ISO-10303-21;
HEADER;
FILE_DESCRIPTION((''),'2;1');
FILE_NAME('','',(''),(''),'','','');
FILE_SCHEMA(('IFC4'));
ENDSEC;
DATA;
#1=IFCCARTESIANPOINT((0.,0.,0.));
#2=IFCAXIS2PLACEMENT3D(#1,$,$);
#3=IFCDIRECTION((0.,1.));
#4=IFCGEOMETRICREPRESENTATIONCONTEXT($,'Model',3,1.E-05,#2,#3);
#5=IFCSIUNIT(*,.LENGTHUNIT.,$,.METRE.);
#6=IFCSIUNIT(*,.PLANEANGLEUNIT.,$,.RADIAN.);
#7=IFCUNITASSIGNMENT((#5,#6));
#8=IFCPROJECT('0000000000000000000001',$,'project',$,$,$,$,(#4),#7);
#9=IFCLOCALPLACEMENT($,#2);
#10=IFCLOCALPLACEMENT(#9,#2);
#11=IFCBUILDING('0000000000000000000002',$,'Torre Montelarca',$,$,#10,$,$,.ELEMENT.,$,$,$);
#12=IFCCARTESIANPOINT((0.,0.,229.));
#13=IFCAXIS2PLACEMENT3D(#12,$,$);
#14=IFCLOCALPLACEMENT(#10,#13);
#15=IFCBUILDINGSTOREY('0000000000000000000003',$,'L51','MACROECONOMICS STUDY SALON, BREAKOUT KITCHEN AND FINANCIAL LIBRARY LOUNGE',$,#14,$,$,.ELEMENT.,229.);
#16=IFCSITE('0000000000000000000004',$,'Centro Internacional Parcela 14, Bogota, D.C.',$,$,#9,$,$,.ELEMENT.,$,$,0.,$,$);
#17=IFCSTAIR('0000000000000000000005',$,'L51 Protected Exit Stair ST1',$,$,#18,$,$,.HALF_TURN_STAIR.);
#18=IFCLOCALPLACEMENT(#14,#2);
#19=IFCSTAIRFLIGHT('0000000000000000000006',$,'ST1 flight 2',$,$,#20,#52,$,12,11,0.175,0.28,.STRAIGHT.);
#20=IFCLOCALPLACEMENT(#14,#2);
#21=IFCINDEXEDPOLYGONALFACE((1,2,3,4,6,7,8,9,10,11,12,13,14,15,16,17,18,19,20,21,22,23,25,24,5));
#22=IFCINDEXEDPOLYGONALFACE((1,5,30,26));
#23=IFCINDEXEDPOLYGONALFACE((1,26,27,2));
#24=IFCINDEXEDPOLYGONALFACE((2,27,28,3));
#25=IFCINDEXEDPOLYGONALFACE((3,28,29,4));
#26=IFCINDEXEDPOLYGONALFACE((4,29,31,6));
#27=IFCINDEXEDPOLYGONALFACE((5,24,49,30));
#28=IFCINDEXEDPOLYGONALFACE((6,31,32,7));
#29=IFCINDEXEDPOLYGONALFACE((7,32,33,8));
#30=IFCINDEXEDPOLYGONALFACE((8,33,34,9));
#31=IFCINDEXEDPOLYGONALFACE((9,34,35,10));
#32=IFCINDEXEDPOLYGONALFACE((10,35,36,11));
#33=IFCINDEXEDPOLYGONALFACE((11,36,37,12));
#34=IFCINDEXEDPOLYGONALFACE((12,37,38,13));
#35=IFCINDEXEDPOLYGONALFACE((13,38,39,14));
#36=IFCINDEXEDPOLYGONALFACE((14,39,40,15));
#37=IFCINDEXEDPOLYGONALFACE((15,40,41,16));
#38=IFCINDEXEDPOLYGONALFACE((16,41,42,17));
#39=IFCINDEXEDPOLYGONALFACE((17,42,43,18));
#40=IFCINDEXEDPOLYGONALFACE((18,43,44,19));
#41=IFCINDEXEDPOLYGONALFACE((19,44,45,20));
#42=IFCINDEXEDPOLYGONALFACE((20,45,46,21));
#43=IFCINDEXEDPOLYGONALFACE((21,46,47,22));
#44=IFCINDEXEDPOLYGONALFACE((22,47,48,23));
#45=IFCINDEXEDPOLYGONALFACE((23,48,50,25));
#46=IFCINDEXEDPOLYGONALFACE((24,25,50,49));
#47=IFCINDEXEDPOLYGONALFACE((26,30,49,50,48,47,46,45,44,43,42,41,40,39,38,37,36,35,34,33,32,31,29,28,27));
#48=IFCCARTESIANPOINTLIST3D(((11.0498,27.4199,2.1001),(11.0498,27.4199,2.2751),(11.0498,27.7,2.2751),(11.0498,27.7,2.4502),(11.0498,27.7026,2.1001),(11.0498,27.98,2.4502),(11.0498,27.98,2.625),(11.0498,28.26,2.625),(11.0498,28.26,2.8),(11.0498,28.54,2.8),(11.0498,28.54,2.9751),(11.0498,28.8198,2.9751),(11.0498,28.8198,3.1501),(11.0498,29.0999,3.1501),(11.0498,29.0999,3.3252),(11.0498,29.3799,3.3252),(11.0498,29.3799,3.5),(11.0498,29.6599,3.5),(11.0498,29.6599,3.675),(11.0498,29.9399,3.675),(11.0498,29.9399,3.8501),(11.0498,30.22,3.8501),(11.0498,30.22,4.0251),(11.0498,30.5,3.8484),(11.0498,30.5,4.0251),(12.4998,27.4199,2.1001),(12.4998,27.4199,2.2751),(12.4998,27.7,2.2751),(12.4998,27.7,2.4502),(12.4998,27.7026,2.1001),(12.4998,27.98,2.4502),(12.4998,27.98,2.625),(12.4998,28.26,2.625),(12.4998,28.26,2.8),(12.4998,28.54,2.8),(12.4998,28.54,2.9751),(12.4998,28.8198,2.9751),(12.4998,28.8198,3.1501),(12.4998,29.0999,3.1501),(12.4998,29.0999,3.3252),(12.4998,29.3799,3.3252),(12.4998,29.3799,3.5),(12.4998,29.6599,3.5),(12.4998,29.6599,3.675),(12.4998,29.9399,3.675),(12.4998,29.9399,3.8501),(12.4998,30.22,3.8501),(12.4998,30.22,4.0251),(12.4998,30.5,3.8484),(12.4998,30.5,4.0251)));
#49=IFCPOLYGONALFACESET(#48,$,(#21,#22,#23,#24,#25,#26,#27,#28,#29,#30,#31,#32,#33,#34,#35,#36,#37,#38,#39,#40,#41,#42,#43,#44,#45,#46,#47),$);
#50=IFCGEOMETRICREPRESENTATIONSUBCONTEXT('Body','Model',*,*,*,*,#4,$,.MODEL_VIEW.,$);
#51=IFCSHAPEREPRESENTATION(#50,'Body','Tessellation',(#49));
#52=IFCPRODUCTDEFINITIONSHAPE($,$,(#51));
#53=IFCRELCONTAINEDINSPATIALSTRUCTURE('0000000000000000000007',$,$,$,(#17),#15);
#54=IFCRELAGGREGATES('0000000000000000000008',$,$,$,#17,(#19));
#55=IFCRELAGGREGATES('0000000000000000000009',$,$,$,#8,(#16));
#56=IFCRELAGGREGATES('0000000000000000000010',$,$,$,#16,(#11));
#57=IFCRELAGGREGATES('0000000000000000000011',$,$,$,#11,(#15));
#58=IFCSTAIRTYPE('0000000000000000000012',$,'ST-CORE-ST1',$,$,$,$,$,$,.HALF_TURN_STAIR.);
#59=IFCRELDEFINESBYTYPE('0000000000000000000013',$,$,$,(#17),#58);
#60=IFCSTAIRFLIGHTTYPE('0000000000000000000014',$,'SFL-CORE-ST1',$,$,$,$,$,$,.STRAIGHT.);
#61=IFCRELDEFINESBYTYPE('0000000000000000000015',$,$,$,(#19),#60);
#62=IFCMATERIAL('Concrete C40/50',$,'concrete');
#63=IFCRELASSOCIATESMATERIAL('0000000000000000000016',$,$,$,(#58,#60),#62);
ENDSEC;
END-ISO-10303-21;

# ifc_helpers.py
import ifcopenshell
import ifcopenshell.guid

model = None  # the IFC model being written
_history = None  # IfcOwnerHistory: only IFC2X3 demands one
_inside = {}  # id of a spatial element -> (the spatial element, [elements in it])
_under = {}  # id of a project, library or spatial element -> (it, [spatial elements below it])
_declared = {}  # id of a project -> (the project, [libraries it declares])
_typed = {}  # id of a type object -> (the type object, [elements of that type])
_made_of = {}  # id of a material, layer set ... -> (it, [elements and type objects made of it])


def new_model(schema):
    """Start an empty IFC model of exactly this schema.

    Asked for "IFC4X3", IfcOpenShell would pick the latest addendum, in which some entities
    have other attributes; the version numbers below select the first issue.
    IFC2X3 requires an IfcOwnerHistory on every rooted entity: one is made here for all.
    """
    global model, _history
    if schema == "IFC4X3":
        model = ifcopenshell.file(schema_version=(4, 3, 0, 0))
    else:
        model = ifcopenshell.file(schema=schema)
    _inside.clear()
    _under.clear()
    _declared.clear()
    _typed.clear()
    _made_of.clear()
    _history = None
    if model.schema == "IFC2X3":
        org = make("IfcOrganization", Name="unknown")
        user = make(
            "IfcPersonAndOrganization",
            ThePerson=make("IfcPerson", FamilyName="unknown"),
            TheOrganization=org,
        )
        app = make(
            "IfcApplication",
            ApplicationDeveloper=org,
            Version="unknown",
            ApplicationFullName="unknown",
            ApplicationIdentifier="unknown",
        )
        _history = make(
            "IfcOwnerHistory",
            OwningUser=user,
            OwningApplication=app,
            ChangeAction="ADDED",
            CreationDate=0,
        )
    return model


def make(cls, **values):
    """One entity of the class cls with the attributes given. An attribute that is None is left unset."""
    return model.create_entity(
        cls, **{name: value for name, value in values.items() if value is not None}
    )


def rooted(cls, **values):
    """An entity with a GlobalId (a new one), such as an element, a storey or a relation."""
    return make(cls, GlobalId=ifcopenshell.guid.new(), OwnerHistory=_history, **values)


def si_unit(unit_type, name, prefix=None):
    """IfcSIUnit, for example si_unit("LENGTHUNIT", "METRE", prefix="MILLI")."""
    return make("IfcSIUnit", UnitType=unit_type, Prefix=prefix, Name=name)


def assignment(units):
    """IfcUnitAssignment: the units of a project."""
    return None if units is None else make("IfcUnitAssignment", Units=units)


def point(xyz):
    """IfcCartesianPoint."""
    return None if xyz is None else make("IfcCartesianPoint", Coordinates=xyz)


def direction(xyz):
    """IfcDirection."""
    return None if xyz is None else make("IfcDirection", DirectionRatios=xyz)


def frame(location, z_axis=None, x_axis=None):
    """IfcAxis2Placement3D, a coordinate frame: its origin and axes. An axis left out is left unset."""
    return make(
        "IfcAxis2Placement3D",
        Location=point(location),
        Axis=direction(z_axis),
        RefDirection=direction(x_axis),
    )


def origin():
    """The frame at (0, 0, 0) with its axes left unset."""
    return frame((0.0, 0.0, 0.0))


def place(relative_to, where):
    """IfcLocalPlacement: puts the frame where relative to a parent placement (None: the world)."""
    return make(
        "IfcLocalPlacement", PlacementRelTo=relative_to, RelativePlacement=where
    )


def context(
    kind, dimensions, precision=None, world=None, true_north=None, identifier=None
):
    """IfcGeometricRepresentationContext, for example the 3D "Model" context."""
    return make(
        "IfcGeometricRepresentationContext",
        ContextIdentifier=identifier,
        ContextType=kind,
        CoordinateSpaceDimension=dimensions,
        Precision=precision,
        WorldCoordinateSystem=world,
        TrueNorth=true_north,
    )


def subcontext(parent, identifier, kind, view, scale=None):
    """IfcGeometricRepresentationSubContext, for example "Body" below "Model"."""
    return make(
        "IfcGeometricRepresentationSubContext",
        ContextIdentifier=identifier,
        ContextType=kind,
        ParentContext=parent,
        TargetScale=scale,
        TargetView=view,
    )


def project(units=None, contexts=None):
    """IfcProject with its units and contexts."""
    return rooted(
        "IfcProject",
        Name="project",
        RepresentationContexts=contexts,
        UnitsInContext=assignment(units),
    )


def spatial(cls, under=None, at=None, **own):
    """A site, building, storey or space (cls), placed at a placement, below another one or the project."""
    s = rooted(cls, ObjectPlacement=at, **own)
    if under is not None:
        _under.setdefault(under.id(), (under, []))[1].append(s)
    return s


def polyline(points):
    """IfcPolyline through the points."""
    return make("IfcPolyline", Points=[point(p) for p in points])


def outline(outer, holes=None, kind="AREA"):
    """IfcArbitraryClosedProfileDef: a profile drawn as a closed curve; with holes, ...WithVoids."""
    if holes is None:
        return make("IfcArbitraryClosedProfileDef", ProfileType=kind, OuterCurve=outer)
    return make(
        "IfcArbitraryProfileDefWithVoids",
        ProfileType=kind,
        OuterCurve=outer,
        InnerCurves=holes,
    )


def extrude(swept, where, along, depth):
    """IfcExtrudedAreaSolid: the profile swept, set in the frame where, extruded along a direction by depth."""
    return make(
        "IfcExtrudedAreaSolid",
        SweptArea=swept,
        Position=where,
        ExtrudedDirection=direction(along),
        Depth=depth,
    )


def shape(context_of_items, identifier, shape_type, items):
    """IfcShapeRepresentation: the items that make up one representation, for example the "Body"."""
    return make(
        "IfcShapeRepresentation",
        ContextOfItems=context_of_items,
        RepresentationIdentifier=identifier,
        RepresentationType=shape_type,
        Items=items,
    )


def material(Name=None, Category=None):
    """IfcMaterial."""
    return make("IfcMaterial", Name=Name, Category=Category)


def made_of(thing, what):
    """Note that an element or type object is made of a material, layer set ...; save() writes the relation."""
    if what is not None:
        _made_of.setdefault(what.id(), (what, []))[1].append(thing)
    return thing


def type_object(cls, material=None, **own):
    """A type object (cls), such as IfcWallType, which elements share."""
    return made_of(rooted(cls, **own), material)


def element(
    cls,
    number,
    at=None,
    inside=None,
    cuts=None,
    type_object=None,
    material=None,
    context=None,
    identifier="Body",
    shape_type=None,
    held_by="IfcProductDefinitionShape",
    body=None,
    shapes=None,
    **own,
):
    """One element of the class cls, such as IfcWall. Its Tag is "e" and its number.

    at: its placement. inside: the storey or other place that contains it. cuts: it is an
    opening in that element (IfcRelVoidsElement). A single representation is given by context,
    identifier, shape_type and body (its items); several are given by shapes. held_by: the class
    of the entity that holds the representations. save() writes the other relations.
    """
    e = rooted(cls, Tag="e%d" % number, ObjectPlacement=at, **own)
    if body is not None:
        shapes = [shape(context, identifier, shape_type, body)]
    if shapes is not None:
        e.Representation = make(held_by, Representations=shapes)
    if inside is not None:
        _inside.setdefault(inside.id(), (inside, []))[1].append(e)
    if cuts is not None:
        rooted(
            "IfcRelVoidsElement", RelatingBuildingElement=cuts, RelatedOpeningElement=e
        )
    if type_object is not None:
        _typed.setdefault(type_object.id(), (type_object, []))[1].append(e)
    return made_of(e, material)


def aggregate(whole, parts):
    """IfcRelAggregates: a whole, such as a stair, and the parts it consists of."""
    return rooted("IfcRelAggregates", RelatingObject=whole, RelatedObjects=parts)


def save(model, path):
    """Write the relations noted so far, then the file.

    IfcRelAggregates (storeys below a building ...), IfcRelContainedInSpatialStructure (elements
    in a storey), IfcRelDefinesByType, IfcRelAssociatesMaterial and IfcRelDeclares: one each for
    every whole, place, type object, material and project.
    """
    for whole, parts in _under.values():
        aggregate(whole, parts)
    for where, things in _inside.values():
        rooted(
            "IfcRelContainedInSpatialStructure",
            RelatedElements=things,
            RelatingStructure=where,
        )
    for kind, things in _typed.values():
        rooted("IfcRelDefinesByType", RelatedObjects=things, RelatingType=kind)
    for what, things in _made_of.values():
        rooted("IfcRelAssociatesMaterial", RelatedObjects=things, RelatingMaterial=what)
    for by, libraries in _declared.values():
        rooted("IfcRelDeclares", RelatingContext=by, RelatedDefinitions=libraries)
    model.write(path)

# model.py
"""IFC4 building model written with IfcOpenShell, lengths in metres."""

from ifc_helpers import new_model, si_unit, direction, frame, origin, place, context, subcontext, project, spatial, polyline, outline, extrude, material, type_object, element, aggregate, save


model = new_model("IFC4")

# Units and contexts
model_context = context("Model", 3, precision=1e-05, world=origin(), true_north=direction((0.0, 1.0)))
body_context = subcontext(model_context, "Body", "Model", "MODEL_VIEW")
ifc_project = project(units=[si_unit("LENGTHUNIT", "METRE"), si_unit("PLANEANGLEUNIT", "RADIAN")], contexts=[model_context])

# Site, building, storey
site_placement = place(None, origin())
site = spatial("IfcSite", under=ifc_project, at=site_placement, Name="Centro Internacional Parcela 14, Bogota, D.C.", CompositionType="ELEMENT", RefElevation=0.0)
building_placement = place(site_placement, origin())
building = spatial("IfcBuilding", under=site, at=building_placement, Name="Torre Montelarca", CompositionType="ELEMENT")
storey_placement = place(building_placement, frame((0.0, 0.0, 229.0)))
storey = spatial("IfcBuildingStorey", under=building, at=storey_placement, Name="L51", Description="MACROECONOMICS STUDY SALON, BREAKOUT KITCHEN AND FINANCIAL LIBRARY LOUNGE", CompositionType="ELEMENT", Elevation=229.0)

# Shared definitions
ifc_material_1 = material(Name="Concrete C40/50", Category="concrete")

# Stair, stair flight
stair_type = type_object("IfcStairType", Name="ST-CORE-ST1", PredefinedType="HALF_TURN_STAIR", material=ifc_material_1)
stair_placement = place(storey_placement, origin())
stair = element("IfcStair", 1, at=stair_placement, inside=storey, type_object=stair_type, Name="L51 Protected Exit Stair ST1", PredefinedType="HALF_TURN_STAIR")
stair_flight_type = type_object("IfcStairFlightType", Name="SFL-CORE-ST1", PredefinedType="STRAIGHT", material=ifc_material_1)
stair_flight_1_placement = place(storey_placement, frame((11.7749, 27.4199, 2.1001), z_axis=(0.0, 0.0, 1.0), x_axis=(0.0, 1.0, 0.0)))
stair_flight_1 = element("IfcStairFlight", 2, at=stair_flight_1_placement, type_object=stair_flight_type, Name="ST1 flight 2", NumberOfRisers=12, NumberOfTreads=11, PredefinedType="STRAIGHT", RiserHeight=0.175, TreadLength=0.28, context=body_context, shape_type="SweptSolid", body=[
    extrude(outline(polyline([(0.0, 0.0), (0.0, 0.175), (0.28, 0.175), (0.28, 0.3501), (0.5601, 0.3501), (0.5601, 0.5249), (0.8401, 0.5249), (0.8401, 0.7), (1.1201, 0.7), (1.1201, 0.875), (1.3999, 0.875), (1.3999, 1.05), (1.6799, 1.05), (1.6799, 1.2251), (1.96, 1.2251), (1.96, 1.3999), (2.24, 1.3999), (2.24, 1.575), (2.52, 1.575), (2.52, 1.75), (2.8, 1.75), (2.8, 1.925), (3.0801, 1.925), (3.0801, 2.1001), (3.0801, 1.7483), (0.2827, 0.0), (0.0, 0.0)])), frame((0.0, 0.7251, 0.0), z_axis=(0.0, -1.0, 0.0), x_axis=(1.0, 0.0, 0.0)), (0.0, 0.0, 1.0), 1.45),
])
aggregate(stair, [stair_flight_1])

save(model, "model.ifc")
